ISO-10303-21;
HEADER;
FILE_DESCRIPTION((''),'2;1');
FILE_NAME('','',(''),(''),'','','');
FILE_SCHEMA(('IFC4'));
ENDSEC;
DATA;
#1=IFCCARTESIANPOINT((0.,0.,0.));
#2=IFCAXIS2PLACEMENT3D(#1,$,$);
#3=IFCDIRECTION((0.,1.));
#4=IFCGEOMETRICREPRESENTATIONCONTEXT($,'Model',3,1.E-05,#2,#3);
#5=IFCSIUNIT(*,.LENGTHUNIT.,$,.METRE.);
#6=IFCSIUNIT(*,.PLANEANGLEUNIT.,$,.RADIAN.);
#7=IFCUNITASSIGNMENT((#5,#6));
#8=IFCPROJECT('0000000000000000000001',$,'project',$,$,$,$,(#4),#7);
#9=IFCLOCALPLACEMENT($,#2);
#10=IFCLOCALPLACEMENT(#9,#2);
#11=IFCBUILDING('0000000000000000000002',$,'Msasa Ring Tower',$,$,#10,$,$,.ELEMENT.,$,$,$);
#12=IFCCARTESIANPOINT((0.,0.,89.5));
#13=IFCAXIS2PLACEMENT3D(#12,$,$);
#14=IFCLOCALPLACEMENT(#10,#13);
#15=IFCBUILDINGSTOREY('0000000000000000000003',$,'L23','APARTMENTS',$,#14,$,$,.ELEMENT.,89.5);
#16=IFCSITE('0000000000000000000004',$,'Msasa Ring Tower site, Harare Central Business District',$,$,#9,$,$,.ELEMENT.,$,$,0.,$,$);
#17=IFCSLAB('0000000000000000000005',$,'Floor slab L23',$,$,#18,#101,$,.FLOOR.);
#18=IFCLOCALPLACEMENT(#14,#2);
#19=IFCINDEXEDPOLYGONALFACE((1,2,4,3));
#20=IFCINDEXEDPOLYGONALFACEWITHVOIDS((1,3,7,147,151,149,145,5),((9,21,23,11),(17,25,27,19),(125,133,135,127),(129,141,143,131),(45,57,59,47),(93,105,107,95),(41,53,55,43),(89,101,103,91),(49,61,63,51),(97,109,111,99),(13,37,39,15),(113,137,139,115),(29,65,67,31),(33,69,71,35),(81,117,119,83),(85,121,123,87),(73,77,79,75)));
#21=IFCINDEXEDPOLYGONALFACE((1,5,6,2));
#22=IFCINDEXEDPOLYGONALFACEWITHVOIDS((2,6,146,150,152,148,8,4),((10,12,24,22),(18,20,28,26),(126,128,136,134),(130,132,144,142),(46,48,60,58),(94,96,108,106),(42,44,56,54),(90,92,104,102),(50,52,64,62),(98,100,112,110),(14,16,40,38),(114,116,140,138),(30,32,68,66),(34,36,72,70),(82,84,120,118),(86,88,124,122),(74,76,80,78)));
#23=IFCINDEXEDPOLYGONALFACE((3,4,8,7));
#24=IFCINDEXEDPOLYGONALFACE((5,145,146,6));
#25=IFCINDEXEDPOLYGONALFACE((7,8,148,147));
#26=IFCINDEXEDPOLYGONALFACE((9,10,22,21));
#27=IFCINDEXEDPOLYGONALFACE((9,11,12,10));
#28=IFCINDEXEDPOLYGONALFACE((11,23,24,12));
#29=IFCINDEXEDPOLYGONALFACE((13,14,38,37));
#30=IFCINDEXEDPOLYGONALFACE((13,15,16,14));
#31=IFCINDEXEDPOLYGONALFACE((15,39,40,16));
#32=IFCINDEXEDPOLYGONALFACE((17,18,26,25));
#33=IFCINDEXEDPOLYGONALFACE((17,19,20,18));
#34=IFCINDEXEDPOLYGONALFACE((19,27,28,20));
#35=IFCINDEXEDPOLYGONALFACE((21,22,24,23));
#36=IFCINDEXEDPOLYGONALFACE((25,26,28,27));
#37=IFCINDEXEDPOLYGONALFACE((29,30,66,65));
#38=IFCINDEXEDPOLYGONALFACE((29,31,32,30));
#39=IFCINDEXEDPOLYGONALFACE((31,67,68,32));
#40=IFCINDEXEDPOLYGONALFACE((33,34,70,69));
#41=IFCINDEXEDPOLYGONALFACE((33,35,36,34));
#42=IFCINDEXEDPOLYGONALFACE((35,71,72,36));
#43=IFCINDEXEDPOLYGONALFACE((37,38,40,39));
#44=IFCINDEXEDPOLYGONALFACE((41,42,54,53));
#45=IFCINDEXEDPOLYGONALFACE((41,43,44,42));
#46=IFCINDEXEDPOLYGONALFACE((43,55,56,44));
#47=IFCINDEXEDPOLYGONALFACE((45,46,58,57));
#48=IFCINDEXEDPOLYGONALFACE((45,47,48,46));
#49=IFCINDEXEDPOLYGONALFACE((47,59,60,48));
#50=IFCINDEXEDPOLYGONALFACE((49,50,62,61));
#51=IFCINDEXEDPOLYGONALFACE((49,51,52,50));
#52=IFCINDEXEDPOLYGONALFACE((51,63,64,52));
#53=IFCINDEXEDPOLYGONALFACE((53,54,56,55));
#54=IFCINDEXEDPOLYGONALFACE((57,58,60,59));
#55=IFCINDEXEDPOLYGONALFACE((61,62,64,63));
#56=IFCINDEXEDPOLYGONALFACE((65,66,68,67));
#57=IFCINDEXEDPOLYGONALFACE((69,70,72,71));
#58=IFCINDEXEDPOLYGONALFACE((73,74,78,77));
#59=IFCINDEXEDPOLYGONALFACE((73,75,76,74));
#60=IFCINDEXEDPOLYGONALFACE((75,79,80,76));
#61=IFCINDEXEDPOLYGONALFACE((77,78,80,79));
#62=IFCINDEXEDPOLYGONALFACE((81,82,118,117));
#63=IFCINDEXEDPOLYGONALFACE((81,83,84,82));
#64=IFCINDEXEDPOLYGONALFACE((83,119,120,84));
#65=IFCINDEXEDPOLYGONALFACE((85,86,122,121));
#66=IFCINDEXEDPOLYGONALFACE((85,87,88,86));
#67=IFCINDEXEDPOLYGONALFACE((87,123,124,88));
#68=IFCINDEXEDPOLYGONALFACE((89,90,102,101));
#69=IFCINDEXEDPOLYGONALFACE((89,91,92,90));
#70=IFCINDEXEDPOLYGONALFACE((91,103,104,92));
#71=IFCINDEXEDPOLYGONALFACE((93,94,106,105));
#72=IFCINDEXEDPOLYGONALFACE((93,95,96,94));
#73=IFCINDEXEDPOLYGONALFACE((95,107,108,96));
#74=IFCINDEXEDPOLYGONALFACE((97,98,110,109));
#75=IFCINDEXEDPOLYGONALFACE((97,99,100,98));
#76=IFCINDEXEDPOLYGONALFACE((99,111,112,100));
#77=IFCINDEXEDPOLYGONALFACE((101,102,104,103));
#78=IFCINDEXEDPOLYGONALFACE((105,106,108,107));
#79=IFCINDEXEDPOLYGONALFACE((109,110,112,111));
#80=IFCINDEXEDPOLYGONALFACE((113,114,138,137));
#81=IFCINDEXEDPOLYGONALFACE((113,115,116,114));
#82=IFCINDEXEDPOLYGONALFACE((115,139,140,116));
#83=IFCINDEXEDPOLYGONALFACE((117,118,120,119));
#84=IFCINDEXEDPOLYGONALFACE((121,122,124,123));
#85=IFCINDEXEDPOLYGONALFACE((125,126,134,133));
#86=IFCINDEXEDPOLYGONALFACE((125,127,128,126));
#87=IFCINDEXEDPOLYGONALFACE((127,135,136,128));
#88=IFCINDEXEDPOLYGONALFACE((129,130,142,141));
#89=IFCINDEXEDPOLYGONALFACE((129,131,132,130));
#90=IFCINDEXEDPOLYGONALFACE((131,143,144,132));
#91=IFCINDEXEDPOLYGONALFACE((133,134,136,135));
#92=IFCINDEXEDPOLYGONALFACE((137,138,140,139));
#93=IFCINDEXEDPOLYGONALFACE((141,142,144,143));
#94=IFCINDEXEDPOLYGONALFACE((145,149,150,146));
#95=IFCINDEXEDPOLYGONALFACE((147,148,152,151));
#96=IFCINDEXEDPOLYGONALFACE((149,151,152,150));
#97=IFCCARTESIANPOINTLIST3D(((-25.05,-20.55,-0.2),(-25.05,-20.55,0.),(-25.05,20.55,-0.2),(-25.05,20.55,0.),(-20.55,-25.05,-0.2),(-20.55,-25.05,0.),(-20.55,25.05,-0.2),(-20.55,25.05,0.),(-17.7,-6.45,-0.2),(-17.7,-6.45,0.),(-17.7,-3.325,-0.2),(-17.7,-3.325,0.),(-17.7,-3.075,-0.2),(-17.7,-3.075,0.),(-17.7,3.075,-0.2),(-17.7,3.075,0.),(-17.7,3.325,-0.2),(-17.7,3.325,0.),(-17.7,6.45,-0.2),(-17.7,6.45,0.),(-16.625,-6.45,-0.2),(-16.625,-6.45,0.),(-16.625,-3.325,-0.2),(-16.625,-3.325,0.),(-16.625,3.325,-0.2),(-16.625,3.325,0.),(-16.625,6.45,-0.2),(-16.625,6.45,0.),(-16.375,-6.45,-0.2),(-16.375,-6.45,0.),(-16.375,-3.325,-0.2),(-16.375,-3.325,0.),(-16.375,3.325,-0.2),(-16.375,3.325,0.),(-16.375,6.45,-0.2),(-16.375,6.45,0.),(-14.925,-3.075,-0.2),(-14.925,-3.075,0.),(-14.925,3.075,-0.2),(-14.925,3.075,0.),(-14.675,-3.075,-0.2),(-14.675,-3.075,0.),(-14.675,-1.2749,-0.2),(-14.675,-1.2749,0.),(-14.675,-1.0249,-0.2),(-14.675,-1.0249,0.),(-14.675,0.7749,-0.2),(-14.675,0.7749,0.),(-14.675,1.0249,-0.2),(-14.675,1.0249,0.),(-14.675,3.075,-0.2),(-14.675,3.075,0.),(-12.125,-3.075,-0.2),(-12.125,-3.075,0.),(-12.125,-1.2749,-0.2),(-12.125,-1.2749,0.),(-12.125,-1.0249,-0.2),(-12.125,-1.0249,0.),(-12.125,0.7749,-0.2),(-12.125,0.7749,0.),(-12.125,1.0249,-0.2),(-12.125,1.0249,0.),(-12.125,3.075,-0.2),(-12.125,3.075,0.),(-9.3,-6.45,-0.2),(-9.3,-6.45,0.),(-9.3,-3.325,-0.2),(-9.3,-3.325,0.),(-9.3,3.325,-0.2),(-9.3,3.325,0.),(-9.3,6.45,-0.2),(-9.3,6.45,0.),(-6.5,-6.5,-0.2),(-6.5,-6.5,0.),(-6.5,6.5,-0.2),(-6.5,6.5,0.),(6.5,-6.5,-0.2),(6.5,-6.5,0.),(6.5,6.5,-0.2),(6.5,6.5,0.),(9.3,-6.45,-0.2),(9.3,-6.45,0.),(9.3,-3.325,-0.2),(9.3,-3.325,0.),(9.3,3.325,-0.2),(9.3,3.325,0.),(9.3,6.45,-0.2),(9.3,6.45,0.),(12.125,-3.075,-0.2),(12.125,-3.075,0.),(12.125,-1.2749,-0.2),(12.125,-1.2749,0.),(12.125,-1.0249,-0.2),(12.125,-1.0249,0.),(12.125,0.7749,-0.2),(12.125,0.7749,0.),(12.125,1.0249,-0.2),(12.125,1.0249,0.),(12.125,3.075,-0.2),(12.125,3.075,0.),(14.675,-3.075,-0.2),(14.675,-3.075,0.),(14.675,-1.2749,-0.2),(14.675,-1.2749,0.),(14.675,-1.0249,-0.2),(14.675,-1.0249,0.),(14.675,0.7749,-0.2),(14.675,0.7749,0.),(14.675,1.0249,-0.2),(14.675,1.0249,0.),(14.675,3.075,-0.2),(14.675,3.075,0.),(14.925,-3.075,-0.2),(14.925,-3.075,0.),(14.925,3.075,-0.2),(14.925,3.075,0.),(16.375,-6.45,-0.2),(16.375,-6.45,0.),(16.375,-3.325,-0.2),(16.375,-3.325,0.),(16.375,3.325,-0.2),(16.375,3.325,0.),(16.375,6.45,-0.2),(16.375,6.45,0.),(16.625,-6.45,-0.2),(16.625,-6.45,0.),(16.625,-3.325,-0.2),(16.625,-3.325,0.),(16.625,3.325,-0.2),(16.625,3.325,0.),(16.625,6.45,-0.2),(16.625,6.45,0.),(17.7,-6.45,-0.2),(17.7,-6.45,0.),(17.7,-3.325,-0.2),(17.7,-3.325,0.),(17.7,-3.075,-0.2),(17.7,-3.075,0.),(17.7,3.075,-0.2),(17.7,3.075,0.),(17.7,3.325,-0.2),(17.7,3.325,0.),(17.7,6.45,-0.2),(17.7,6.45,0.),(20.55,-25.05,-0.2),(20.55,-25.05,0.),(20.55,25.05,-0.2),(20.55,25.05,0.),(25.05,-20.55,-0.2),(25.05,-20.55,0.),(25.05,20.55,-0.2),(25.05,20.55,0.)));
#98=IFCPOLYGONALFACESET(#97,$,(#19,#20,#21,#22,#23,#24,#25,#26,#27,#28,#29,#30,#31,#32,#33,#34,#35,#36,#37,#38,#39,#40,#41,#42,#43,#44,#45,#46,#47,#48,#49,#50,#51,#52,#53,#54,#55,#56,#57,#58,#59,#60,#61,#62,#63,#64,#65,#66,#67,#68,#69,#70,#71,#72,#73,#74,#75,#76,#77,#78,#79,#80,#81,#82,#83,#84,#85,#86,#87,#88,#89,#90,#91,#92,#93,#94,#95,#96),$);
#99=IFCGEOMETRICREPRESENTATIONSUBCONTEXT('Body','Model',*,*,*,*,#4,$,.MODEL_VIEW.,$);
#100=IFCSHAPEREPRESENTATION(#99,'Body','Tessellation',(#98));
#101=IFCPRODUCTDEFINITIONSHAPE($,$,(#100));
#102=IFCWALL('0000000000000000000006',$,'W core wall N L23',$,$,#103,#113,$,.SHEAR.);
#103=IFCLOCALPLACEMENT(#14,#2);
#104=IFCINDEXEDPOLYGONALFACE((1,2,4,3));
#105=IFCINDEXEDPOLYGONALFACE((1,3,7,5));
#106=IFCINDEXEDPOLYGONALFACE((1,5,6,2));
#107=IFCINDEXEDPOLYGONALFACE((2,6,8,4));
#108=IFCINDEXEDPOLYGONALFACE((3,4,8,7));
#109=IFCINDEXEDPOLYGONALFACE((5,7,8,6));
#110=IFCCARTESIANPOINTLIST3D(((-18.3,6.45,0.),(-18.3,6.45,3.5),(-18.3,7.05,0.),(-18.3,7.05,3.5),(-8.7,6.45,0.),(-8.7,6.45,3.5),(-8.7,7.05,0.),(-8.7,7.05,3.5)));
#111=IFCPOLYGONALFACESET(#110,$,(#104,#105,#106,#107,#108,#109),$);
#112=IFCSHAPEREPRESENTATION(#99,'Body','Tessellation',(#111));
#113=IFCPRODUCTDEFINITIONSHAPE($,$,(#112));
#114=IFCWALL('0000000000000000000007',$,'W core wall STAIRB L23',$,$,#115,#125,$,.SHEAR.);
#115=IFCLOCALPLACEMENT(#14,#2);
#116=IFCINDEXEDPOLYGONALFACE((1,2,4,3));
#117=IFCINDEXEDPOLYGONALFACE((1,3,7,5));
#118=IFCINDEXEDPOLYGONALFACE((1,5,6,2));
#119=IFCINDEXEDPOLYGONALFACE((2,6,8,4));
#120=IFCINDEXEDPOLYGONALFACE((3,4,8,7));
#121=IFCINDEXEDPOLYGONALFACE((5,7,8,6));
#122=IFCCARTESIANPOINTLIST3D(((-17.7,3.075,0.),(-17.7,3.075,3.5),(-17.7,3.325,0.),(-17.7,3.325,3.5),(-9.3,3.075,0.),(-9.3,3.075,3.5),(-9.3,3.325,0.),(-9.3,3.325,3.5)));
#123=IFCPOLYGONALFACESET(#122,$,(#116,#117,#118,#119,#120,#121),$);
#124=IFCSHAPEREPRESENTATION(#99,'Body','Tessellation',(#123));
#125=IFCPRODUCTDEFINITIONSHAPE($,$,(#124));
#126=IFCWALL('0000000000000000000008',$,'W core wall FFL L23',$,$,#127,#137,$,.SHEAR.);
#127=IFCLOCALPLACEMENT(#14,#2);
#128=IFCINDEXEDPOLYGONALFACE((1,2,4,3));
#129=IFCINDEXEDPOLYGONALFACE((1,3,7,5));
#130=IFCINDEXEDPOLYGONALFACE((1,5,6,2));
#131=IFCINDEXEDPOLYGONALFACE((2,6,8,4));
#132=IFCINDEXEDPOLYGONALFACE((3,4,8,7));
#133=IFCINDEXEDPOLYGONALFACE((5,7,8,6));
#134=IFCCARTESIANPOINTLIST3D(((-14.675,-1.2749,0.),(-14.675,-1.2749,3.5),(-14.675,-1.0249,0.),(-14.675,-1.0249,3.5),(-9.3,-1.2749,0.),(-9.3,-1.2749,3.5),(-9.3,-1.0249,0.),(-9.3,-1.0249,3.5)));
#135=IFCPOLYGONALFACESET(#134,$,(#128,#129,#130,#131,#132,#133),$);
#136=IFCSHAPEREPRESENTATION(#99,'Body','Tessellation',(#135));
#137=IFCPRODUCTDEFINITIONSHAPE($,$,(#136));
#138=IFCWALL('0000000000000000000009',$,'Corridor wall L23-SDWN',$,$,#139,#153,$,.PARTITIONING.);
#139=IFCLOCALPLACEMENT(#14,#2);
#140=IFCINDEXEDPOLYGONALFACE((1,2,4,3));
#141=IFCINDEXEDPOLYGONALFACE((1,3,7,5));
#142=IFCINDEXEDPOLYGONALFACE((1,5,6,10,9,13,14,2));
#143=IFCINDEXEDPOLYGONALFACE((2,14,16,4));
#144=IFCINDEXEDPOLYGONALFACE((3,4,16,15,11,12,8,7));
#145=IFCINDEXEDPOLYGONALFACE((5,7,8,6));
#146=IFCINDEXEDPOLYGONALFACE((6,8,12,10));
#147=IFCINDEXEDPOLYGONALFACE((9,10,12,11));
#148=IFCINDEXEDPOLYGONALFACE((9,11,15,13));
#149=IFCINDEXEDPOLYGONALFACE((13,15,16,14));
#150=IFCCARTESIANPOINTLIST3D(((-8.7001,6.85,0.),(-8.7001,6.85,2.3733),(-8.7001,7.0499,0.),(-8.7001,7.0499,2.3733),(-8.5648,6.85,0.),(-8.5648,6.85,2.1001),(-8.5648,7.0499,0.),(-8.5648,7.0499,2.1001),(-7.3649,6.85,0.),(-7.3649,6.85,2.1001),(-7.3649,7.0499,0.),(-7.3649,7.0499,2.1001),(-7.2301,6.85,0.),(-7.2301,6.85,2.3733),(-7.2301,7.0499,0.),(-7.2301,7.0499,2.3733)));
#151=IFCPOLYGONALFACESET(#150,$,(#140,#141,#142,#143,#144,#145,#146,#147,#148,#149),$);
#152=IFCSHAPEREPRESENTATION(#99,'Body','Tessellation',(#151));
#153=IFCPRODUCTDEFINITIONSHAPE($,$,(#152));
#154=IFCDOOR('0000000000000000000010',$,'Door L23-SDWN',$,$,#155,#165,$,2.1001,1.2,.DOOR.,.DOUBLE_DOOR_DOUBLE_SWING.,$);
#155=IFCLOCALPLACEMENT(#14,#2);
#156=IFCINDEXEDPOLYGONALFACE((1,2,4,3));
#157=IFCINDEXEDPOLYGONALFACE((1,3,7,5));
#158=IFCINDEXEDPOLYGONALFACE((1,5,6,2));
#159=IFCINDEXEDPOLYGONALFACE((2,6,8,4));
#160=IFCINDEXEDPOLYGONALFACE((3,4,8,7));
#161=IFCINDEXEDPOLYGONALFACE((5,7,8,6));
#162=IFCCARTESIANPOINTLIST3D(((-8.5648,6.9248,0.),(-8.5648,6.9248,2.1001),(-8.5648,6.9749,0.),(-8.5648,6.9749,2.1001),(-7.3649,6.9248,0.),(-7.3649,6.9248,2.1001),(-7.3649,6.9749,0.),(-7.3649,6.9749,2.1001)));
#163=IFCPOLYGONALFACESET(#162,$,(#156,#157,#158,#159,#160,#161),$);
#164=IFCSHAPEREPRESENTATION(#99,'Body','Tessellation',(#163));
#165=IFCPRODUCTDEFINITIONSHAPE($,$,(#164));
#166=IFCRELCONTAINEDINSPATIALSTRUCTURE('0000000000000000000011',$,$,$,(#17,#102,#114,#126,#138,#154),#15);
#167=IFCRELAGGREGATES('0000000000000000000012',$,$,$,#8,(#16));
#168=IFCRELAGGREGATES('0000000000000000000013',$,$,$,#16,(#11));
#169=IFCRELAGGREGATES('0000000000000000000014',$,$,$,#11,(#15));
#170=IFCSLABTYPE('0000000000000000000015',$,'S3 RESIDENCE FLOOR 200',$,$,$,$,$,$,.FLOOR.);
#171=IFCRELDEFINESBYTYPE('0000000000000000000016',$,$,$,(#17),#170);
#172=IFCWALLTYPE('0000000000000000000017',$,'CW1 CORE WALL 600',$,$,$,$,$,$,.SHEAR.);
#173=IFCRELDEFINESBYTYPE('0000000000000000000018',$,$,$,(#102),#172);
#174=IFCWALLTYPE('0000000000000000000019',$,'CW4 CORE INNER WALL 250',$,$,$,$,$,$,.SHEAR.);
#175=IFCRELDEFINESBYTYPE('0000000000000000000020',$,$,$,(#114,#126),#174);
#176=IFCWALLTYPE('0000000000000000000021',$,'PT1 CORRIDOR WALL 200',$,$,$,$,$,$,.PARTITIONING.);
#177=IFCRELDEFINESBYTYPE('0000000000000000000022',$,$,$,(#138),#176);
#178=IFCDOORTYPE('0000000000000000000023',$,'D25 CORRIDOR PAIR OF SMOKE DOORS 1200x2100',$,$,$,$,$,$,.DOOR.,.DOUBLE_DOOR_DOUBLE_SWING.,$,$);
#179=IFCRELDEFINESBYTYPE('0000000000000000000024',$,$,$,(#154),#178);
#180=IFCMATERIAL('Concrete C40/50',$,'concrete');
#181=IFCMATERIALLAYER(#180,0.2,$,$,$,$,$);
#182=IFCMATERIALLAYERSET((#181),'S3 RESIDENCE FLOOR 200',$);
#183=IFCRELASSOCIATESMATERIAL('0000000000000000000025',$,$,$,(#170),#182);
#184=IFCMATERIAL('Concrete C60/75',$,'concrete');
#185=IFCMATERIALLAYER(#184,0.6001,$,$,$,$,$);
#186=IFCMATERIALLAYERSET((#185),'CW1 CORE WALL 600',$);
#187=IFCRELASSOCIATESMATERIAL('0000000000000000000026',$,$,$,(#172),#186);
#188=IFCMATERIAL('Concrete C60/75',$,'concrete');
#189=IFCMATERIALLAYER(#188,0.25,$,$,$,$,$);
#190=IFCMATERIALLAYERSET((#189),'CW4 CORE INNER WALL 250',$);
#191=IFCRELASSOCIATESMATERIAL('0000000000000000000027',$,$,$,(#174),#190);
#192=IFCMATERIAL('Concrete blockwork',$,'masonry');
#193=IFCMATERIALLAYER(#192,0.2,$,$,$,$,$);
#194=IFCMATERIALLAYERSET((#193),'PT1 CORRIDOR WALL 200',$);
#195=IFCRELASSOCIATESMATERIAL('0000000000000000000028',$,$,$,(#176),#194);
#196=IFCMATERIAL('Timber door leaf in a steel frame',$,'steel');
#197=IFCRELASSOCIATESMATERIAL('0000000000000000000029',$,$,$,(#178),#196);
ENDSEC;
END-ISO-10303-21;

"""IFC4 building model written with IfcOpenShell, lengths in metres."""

from ifc_helpers import new_model, si_unit, direction, frame, frame_2d, origin, place, context, subcontext, project, spatial, polyline, rectangle, outline, extrude, material, layer, layer_set, type_object, element, fill, save


model = new_model("IFC4")

# Units and contexts
model_context = context("Model", 3, precision=1e-05, world=origin(), true_north=direction((0.0, 1.0)))
body_context = subcontext(model_context, "Body", "Model", "MODEL_VIEW")
ifc_project = project(units=[si_unit("LENGTHUNIT", "METRE"), si_unit("PLANEANGLEUNIT", "RADIAN")], contexts=[model_context])

# Site, building, storey
site_placement = place(None, origin())
site = spatial("IfcSite", under=ifc_project, at=site_placement, Name="Msasa Ring Tower site, Harare Central Business District", CompositionType="ELEMENT", RefElevation=0.0)
building_placement = place(site_placement, origin())
building = spatial("IfcBuilding", under=site, at=building_placement, Name="Msasa Ring Tower", CompositionType="ELEMENT")
storey_placement = place(building_placement, frame((0.0, 0.0, 89.5)))
storey = spatial("IfcBuildingStorey", under=building, at=storey_placement, Name="L23", Description="APARTMENTS", CompositionType="ELEMENT", Elevation=89.5)

# Slab
ifc_material_1 = material(Name="Concrete C40/50", Category="concrete")
ifc_layer_1 = layer(ifc_material_1, 0.2)
ifc_layer_set_1 = layer_set([ifc_layer_1], Name="S3 RESIDENCE FLOOR 200")
slab_type = type_object("IfcSlabType", Name="S3 RESIDENCE FLOOR 200", PredefinedType="FLOOR", material=ifc_layer_set_1)
slab_placement = place(storey_placement, frame((0.0, 0.0, -0.2)))
element("IfcSlab", 1, at=slab_placement, inside=storey, type_object=slab_type, Name="Floor slab L23", PredefinedType="FLOOR", context=body_context, shape_type="SweptSolid", body=[
    extrude(outline(polyline([(-20.55, -25.05), (20.55, -25.05), (25.05, -20.55), (25.05, 20.55), (20.55, 25.05), (-20.55, 25.05), (-25.05, 20.55), (-25.05, -20.55), (-20.55, -25.05)]), holes=[polyline([(-6.5, -6.5), (6.5, -6.5), (6.5, 6.5), (-6.5, 6.5), (-6.5, -6.5)]), polyline([(9.3, -6.45), (16.375, -6.45), (16.375, -3.325), (9.3, -3.325), (9.3, -6.45)]), polyline([(9.3, 3.325), (16.375, 3.325), (16.375, 6.45), (9.3, 6.45), (9.3, 3.325)]), polyline([(12.125, -3.075), (14.675, -3.075), (14.675, -1.2749), (12.125, -1.2749), (12.125, -3.075)]), polyline([(12.125, -1.0249), (14.675, -1.0249), (14.675, 0.7749), (12.125, 0.7749), (12.125, -1.0249)]), polyline([(12.125, 1.0249), (14.675, 1.0249), (14.675, 3.075), (12.125, 3.075), (12.125, 1.0249)]), polyline([(16.625, -6.45), (17.7, -6.45), (17.7, -3.325), (16.625, -3.325), (16.625, -6.45)]), polyline([(16.625, 3.325), (17.7, 3.325), (17.7, 6.45), (16.625, 6.45), (16.625, 3.325)]), polyline([(14.925, -3.075), (17.7, -3.075), (17.7, 3.075), (14.925, 3.075), (14.925, -3.075)]), polyline([(-16.375, -6.45), (-9.3, -6.45), (-9.3, -3.325), (-16.375, -3.325), (-16.375, -6.45)]), polyline([(-16.375, 3.325), (-9.3, 3.325), (-9.3, 6.45), (-16.375, 6.45), (-16.375, 3.325)]), polyline([(-14.675, -3.075), (-12.125, -3.075), (-12.125, -1.2749), (-14.675, -1.2749), (-14.675, -3.075)]), polyline([(-14.675, -1.0249), (-12.125, -1.0249), (-12.125, 0.7749), (-14.675, 0.7749), (-14.675, -1.0249)]), polyline([(-14.675, 1.0249), (-12.125, 1.0249), (-12.125, 3.075), (-14.675, 3.075), (-14.675, 1.0249)]), polyline([(-17.7, -6.45), (-16.625, -6.45), (-16.625, -3.325), (-17.7, -3.325), (-17.7, -6.45)]), polyline([(-17.7, 3.325), (-16.625, 3.325), (-16.625, 6.45), (-17.7, 6.45), (-17.7, 3.325)]), polyline([(-17.7, -3.075), (-14.925, -3.075), (-14.925, 3.075), (-17.7, 3.075), (-17.7, -3.075)])]), origin(), (0.0, 0.0, 1.0), 0.2),
])

# Walls
ifc_material_2 = material(Name="Concrete C60/75", Category="concrete")
ifc_layer_2 = layer(ifc_material_2, 0.6001)
ifc_layer_set_2 = layer_set([ifc_layer_2], Name="CW1 CORE WALL 600")
wall_type_1 = type_object("IfcWallType", Name="CW1 CORE WALL 600", PredefinedType="SHEAR", material=ifc_layer_set_2)
wall_1_placement = place(storey_placement, frame((-8.7, 6.75, 0.0), z_axis=(0.0, 0.0, 1.0), x_axis=(-1.0, 0.0, 0.0)))
element("IfcWall", 2, at=wall_1_placement, inside=storey, type_object=wall_type_1, Name="W core wall N L23", PredefinedType="SHEAR", context=body_context, shape_type="SweptSolid", body=[
    extrude(rectangle(XDim=9.6001, YDim=0.6001, at=frame_2d((4.8, 0.0))), origin(), (0.0, 0.0, 1.0), 3.5),
])
ifc_material_3 = material(Name="Concrete C60/75", Category="concrete")
ifc_layer_3 = layer(ifc_material_3, 0.25)
ifc_layer_set_3 = layer_set([ifc_layer_3], Name="CW4 CORE INNER WALL 250")
wall_type_2 = type_object("IfcWallType", Name="CW4 CORE INNER WALL 250", PredefinedType="SHEAR", material=ifc_layer_set_3)
wall_2_placement = place(storey_placement, frame((-9.3, 3.2, 0.0), z_axis=(0.0, 0.0, 1.0), x_axis=(-1.0, 0.0, 0.0)))
element("IfcWall", 3, at=wall_2_placement, inside=storey, type_object=wall_type_2, Name="W core wall STAIRB L23", PredefinedType="SHEAR", context=body_context, shape_type="SweptSolid", body=[
    extrude(rectangle(XDim=8.3999, YDim=0.25, at=frame_2d((4.2, 0.0))), origin(), (0.0, 0.0, 1.0), 3.5),
])
wall_3_placement = place(storey_placement, frame((-9.3, -1.1499, 0.0), z_axis=(0.0, 0.0, 1.0), x_axis=(-1.0, 0.0, 0.0)))
element("IfcWall", 4, at=wall_3_placement, inside=storey, type_object=wall_type_2, Name="W core wall FFL L23", PredefinedType="SHEAR", context=body_context, shape_type="SweptSolid", body=[
    extrude(rectangle(XDim=5.375, YDim=0.25, at=frame_2d((2.6875, 0.0))), origin(), (0.0, 0.0, 1.0), 3.5),
])

# Wall, opening, door
ifc_material_4 = material(Name="Concrete blockwork", Category="masonry")
ifc_layer_4 = layer(ifc_material_4, 0.2)
ifc_layer_set_4 = layer_set([ifc_layer_4], Name="PT1 CORRIDOR WALL 200")
wall_type_3 = type_object("IfcWallType", Name="PT1 CORRIDOR WALL 200", PredefinedType="PARTITIONING", material=ifc_layer_set_4)
wall_4_placement = place(storey_placement, frame((-8.7, 6.95, 0.0), z_axis=(0.0, 0.0, 1.0), x_axis=(1.0, 0.0, 0.0)))
wall_4 = element("IfcWall", 5, at=wall_4_placement, inside=storey, type_object=wall_type_3, Name="Corridor wall L23-SDWN", PredefinedType="PARTITIONING", context=body_context, shape_type="SweptSolid", body=[
    extrude(rectangle(XDim=1.47, YDim=0.2, at=frame_2d((0.7349, 0.0))), origin(), (0.0, 0.0, 1.0), 2.3733),
])
opening_placement = place(wall_4_placement, frame((0.135, 0.0, 0.0)))
opening = element("IfcOpeningElement", 6, at=opening_placement, cuts=wall_4, PredefinedType="OPENING", context=body_context, shape_type="SweptSolid", body=[
    extrude(rectangle(XDim=1.2, YDim=2.1001, at=frame_2d((0.6001, 1.05))), frame((0.0, 0.1099, 0.0), z_axis=(0.0, -1.0, 0.0), x_axis=(1.0, 0.0, 0.0)), (0.0, 0.0, 1.0), 0.22),
])
ifc_material_5 = material(Name="Timber door leaf in a steel frame", Category="steel")
door_type = type_object("IfcDoorType", Name="D25 CORRIDOR PAIR OF SMOKE DOORS 1200x2100", OperationType="DOUBLE_DOOR_DOUBLE_SWING", PredefinedType="DOOR", material=ifc_material_5)
door_placement = place(opening_placement, origin())
door = element("IfcDoor", 7, at=door_placement, inside=storey, type_object=door_type, Name="Door L23-SDWN", OperationType="DOUBLE_DOOR_DOUBLE_SWING", OverallHeight=2.1001, OverallWidth=1.2, PredefinedType="DOOR", context=body_context, shape_type="SweptSolid", body=[
    extrude(rectangle(XDim=1.2, YDim=2.1001, at=frame_2d((0.6001, 1.05))), frame((0.0, 0.0249, 0.0), z_axis=(0.0, -1.0, 0.0), x_axis=(1.0, 0.0, 0.0)), (0.0, 0.0, 1.0), 0.05),
])
fill(opening, door)

save(model, "model.ifc")
